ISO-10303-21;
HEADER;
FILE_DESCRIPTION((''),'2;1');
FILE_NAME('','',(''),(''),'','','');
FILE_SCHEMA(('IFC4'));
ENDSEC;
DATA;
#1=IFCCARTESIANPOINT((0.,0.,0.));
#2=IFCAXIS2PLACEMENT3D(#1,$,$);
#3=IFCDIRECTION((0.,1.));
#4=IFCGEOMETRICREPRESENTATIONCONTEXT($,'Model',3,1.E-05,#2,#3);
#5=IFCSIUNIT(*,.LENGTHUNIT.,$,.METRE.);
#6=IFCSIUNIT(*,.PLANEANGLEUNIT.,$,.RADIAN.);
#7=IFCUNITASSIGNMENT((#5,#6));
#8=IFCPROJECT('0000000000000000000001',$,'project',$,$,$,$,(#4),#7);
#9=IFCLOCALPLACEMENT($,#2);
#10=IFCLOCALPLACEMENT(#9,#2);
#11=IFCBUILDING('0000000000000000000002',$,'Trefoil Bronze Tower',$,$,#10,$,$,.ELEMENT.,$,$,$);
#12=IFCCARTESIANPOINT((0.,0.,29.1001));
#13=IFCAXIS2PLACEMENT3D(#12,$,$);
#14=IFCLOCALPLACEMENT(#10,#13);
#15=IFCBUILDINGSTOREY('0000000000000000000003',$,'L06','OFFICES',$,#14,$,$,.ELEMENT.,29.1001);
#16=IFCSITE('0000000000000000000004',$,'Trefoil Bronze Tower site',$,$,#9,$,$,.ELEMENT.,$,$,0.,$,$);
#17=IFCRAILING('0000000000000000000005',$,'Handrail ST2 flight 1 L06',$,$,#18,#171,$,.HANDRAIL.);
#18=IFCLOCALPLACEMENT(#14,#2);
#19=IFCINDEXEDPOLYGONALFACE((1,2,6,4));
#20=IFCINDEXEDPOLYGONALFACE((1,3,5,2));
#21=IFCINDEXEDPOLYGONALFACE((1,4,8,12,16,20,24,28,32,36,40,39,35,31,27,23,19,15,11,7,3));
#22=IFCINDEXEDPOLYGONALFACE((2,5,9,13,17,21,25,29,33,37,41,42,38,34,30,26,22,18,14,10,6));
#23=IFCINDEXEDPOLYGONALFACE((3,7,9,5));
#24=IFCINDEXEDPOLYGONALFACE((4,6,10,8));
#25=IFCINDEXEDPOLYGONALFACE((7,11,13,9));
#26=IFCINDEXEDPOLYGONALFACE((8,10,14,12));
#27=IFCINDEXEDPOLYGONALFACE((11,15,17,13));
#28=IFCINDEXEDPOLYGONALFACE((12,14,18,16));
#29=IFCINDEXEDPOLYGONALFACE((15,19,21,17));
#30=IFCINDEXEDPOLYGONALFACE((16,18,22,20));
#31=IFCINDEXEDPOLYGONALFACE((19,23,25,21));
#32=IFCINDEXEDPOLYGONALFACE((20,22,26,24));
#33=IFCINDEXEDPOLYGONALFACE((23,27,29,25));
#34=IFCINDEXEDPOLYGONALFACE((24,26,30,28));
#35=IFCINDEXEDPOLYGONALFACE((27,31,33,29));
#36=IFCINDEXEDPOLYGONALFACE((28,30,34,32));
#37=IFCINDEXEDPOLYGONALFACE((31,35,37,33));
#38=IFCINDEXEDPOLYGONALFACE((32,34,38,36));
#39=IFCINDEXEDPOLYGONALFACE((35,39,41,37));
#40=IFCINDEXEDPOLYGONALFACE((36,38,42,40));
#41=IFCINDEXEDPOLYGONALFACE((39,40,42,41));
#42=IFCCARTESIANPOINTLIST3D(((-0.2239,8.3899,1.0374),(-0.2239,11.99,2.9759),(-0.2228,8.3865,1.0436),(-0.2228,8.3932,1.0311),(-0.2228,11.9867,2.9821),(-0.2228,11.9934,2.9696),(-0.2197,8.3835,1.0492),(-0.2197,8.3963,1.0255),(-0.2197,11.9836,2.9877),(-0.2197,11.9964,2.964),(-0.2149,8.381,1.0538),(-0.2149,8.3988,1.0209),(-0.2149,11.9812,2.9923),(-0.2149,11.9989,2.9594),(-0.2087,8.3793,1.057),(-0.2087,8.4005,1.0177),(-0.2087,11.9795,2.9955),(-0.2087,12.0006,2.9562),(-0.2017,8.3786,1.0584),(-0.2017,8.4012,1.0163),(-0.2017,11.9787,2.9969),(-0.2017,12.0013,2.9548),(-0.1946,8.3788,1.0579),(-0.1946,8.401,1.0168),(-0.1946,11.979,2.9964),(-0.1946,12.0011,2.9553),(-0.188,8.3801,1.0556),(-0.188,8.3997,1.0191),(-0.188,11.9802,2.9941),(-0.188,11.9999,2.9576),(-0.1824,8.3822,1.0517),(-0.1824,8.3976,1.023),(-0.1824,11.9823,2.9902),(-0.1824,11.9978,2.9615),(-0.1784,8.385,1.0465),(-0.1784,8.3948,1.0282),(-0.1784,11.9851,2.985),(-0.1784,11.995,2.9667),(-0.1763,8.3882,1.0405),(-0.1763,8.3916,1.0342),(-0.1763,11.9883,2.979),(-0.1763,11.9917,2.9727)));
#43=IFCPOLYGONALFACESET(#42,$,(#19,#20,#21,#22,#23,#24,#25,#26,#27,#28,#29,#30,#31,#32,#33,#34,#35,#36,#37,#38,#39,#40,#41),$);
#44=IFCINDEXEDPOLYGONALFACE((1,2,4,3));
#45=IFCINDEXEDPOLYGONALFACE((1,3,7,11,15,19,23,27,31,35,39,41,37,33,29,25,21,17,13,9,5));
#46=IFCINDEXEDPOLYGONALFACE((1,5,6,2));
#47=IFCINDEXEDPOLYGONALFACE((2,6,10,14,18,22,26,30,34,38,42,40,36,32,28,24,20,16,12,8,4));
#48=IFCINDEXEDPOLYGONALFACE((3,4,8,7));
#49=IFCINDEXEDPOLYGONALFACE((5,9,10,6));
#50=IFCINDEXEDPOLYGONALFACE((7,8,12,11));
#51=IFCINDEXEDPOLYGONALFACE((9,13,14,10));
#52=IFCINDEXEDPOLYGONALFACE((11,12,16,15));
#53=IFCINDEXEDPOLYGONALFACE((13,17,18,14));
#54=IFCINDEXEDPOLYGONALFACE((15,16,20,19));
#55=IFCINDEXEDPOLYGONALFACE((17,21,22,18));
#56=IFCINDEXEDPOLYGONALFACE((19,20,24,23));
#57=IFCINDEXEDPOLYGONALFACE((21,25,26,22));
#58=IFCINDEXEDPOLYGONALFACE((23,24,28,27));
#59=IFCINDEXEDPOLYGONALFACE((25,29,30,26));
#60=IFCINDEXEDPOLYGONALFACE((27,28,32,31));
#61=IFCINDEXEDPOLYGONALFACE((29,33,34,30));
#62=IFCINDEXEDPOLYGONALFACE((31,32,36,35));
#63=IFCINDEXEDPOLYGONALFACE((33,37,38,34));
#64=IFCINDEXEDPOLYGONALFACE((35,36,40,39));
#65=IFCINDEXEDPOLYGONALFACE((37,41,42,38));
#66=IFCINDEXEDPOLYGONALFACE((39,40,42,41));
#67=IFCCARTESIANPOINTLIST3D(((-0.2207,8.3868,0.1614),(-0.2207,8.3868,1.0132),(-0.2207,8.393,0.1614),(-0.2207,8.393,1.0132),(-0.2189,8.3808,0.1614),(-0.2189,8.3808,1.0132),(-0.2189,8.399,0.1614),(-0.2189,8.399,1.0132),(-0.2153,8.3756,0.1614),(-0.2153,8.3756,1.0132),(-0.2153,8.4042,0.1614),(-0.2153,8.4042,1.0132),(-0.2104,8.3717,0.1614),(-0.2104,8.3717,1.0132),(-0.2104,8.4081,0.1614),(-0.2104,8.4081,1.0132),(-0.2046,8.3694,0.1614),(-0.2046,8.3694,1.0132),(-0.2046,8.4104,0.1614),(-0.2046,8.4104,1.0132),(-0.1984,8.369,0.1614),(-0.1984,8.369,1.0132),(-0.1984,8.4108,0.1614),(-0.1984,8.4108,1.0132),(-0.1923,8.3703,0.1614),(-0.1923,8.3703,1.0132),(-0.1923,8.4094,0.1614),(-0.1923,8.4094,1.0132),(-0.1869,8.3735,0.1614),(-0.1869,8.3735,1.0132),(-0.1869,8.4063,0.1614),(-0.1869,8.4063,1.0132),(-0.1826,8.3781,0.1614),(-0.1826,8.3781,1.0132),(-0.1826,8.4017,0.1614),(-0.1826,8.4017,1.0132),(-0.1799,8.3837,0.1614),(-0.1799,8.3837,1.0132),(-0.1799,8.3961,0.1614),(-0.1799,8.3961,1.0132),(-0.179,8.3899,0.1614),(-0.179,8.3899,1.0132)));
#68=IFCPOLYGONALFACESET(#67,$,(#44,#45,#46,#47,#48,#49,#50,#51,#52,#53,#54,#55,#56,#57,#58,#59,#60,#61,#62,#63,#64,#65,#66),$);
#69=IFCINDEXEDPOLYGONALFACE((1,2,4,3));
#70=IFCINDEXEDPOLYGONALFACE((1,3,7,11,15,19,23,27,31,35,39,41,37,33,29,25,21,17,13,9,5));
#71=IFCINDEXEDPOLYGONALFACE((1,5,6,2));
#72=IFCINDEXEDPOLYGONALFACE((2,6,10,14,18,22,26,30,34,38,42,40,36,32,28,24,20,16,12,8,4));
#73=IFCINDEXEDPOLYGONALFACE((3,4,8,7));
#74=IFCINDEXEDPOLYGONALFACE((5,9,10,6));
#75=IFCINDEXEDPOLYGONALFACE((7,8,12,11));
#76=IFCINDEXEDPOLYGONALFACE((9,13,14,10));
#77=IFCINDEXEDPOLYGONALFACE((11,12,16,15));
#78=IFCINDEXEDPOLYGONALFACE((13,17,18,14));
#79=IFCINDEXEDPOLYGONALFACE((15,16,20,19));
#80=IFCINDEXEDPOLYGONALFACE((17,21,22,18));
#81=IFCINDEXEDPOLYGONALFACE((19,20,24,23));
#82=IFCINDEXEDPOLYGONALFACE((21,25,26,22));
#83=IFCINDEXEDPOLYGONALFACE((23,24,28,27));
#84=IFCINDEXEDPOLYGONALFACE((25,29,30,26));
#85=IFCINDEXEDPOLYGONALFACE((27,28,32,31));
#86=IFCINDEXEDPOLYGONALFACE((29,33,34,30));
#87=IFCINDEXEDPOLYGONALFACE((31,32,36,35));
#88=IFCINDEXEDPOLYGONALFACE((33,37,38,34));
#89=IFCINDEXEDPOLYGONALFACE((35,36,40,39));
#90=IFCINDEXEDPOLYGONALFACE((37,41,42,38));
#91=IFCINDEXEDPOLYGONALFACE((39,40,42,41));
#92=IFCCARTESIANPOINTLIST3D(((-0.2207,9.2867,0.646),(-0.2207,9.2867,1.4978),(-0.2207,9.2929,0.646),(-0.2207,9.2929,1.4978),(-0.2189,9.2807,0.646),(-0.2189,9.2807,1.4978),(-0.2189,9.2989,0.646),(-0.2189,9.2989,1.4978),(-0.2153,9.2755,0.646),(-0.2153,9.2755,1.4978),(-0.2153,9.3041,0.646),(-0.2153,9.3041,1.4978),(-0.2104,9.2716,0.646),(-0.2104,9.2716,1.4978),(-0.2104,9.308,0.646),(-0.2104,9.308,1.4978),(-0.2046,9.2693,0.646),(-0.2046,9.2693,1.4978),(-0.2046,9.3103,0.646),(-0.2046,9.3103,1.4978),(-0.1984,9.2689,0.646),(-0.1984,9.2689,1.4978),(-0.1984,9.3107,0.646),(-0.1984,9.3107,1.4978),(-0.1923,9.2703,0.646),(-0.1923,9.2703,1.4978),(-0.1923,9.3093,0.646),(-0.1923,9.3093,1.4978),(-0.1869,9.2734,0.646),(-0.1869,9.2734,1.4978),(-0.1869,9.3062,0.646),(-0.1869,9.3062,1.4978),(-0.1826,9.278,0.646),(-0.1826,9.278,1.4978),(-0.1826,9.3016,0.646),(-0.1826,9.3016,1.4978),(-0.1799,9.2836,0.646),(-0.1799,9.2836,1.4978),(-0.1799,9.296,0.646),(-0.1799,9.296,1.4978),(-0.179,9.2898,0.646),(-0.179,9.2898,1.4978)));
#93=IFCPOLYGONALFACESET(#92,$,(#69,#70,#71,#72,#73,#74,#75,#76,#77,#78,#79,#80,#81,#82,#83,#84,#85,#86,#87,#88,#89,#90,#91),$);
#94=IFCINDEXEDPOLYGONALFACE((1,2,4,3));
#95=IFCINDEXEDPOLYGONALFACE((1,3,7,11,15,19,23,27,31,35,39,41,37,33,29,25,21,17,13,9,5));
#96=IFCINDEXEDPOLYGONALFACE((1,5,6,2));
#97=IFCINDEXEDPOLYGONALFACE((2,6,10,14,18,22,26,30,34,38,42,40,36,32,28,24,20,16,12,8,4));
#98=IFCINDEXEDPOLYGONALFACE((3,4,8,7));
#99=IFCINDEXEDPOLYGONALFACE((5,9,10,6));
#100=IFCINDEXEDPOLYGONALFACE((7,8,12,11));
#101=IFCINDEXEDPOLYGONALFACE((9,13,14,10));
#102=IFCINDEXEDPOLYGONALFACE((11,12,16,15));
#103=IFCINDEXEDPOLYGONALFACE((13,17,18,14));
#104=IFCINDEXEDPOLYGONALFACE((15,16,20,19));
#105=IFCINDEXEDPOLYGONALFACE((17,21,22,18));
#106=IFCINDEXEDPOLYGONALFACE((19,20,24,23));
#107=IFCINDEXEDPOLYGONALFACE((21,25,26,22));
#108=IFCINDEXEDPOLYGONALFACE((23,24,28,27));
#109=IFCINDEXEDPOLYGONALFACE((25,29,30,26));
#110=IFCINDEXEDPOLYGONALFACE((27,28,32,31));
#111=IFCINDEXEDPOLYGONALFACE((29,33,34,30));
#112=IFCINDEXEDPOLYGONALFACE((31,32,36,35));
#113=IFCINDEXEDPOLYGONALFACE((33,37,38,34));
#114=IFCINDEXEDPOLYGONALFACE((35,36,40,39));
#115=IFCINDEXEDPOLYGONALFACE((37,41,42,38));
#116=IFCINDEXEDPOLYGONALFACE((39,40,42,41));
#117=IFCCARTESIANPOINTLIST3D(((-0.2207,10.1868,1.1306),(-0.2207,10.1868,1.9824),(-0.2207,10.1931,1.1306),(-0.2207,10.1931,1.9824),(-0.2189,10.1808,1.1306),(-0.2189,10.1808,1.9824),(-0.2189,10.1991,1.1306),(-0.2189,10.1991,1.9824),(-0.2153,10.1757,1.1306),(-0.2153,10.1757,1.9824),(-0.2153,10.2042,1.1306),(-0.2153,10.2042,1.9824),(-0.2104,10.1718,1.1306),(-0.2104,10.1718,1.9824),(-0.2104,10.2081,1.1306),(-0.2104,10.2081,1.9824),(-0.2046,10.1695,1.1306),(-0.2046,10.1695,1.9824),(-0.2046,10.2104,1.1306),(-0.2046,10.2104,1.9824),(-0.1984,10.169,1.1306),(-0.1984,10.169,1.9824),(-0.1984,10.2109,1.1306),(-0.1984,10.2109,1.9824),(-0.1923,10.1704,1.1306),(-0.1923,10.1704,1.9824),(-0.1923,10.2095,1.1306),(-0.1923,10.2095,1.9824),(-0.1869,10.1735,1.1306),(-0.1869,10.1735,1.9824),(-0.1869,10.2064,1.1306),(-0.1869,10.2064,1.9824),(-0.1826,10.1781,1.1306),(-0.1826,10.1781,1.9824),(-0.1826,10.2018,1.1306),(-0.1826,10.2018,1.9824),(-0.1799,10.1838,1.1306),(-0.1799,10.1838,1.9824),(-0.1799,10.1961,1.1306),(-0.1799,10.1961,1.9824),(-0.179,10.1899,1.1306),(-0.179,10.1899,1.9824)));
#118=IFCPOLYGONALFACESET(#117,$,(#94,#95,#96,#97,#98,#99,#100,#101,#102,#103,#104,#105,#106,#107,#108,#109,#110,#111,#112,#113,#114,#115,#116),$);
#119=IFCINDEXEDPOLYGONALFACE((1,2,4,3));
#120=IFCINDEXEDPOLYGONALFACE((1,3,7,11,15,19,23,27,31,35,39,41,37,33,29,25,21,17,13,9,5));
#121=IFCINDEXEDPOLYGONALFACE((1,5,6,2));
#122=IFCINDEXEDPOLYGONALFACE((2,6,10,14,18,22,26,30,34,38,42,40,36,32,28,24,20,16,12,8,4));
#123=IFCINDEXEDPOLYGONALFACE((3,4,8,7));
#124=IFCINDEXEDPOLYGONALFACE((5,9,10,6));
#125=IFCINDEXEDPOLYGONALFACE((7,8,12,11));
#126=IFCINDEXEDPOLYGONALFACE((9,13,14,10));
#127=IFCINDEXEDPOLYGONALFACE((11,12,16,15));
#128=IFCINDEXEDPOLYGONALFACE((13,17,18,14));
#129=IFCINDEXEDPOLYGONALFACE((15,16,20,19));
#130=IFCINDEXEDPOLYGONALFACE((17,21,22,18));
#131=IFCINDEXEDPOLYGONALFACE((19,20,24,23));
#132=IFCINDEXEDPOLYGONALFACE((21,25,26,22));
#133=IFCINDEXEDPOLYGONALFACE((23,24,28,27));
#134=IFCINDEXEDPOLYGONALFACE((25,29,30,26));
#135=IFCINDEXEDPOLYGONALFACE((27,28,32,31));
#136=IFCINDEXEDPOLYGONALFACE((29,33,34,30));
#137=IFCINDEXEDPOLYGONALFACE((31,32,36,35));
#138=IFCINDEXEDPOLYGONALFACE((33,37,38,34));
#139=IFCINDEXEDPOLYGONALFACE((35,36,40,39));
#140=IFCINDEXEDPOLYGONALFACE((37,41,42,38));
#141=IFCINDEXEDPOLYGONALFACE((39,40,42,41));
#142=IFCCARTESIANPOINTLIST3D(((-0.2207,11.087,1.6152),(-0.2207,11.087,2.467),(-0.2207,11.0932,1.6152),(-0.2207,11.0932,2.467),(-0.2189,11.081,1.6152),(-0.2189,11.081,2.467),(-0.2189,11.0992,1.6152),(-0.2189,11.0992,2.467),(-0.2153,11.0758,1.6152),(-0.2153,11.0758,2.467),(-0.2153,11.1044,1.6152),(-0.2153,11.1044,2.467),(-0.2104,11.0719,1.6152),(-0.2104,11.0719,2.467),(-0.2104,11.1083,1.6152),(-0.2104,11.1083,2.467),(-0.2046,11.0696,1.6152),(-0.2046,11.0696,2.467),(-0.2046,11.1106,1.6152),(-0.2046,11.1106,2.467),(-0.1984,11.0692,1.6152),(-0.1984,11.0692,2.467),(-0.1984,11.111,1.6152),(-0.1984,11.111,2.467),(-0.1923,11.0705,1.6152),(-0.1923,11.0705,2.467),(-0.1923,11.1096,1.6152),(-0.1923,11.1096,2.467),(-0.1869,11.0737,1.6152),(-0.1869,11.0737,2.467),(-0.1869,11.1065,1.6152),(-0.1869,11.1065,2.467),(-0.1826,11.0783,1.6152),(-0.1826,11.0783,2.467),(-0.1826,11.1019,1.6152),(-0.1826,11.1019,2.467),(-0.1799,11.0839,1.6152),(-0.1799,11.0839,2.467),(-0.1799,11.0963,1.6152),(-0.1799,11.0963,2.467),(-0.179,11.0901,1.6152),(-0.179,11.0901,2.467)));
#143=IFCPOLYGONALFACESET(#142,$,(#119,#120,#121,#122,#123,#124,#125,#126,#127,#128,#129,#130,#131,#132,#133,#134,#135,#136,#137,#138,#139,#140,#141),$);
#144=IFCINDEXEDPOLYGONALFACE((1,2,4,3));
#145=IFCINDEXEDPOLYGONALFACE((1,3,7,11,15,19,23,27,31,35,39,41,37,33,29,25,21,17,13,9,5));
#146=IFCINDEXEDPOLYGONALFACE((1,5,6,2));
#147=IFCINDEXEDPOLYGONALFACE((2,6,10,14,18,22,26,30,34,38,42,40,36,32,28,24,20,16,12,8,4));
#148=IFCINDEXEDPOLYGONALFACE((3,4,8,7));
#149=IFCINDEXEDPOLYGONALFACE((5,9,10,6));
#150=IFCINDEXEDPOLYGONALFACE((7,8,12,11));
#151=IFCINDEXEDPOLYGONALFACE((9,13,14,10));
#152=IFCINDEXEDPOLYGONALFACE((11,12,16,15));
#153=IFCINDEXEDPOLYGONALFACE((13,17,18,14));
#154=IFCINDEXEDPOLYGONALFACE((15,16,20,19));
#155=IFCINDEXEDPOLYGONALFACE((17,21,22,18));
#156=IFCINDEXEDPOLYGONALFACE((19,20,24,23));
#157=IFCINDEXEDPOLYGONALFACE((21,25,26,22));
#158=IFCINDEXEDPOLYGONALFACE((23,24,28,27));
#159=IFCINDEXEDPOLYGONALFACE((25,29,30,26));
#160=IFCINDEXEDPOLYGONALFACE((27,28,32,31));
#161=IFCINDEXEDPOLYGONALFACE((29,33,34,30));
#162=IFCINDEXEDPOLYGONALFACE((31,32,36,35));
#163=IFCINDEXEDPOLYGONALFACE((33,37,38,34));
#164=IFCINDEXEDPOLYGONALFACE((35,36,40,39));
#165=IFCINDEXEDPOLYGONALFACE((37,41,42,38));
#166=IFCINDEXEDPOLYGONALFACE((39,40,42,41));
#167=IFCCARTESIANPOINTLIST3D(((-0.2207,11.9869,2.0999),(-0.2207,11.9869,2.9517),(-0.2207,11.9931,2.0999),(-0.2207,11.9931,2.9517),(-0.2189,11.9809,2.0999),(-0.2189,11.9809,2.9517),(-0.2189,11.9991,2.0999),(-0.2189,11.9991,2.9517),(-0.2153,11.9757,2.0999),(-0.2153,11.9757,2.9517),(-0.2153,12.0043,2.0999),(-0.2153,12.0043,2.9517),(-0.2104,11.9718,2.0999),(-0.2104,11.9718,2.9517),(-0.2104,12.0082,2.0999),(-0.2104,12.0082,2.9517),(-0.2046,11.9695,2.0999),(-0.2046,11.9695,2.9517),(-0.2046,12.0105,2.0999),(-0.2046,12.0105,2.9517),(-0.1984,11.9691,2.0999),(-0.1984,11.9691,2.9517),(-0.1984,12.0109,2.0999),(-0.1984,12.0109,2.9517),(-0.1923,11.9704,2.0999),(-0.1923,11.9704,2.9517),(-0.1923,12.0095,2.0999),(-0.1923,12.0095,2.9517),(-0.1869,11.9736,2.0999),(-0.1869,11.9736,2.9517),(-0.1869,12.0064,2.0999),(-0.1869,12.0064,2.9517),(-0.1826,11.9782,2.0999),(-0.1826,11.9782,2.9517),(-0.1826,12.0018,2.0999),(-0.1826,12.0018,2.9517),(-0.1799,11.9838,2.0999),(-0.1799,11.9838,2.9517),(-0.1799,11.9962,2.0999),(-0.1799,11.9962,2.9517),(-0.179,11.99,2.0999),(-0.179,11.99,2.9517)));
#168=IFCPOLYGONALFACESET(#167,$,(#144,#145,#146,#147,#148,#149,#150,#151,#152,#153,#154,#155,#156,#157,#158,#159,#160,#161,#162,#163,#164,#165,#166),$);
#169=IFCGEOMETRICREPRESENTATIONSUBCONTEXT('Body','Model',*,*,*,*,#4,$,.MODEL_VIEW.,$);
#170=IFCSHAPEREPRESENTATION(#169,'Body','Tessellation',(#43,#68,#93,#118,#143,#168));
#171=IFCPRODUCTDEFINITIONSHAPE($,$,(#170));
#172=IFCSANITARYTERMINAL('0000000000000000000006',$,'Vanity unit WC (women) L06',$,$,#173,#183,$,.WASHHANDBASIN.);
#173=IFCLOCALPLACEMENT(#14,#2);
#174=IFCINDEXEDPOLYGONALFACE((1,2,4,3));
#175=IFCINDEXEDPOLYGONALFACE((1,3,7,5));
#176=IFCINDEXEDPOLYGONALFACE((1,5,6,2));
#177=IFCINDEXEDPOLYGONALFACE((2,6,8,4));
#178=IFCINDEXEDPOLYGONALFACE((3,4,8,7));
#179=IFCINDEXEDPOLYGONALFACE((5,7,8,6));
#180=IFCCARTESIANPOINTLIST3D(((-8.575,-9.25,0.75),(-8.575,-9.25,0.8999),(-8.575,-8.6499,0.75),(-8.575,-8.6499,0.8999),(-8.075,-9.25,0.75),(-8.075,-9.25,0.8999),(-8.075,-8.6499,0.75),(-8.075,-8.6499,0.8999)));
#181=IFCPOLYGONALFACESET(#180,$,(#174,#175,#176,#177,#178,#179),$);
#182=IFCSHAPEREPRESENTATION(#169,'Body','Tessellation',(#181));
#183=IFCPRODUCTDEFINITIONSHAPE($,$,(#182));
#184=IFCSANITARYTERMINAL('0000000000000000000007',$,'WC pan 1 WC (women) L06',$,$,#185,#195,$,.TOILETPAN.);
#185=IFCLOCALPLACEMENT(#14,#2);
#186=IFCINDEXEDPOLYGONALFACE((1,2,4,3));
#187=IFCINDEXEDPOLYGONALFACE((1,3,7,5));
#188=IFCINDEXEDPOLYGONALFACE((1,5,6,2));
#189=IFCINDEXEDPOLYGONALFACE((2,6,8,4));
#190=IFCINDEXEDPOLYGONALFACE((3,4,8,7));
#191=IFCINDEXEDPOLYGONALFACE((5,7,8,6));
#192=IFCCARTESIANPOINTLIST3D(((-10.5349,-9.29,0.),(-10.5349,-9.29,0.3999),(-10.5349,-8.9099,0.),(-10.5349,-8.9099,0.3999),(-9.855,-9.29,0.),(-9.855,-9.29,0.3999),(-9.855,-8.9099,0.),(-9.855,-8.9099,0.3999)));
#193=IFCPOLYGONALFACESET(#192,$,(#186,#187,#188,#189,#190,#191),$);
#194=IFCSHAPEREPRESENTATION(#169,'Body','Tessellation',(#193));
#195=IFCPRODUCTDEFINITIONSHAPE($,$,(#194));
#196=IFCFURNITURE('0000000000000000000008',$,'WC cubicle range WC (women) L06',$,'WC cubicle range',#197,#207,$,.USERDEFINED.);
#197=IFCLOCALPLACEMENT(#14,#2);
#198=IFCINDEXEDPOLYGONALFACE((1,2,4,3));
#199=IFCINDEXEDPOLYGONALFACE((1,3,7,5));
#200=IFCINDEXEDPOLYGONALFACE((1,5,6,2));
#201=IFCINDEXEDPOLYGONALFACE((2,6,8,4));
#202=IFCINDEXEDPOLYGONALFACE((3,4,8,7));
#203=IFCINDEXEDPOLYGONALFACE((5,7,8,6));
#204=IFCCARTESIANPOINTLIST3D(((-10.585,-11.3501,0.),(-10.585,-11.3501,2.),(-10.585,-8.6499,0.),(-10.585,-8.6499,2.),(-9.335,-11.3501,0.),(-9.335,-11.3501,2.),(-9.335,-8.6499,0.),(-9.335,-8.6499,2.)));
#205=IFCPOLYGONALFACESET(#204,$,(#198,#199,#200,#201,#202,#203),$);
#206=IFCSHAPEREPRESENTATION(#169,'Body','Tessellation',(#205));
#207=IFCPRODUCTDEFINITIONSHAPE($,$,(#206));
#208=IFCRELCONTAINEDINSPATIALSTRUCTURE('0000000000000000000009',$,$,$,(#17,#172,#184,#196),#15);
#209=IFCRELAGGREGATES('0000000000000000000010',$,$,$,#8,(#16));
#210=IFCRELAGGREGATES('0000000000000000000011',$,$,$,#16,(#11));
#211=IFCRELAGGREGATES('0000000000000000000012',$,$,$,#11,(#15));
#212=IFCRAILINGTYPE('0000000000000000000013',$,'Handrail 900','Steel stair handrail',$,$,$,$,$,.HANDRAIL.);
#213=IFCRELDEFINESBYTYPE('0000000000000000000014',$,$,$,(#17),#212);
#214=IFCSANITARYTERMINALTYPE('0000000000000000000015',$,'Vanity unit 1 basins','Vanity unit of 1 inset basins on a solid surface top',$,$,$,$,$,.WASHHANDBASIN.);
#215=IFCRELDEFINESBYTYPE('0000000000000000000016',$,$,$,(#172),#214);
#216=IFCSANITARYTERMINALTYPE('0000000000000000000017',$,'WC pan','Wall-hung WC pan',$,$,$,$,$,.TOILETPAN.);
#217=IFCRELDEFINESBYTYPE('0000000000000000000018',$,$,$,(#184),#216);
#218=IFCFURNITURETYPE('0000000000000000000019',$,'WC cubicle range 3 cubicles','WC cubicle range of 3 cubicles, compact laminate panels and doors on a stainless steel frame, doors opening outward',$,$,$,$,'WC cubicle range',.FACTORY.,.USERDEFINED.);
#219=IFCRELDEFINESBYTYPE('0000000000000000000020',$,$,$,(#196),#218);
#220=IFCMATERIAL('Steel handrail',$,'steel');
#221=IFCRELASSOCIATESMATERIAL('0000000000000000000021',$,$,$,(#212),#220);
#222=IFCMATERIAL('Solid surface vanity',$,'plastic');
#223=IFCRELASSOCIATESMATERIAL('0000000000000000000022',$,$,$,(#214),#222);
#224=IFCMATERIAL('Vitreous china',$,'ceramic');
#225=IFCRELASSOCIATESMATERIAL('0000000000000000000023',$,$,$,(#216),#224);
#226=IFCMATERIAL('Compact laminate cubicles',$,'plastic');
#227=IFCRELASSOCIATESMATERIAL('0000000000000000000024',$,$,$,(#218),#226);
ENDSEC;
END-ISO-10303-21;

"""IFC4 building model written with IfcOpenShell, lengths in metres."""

from ifc_helpers import new_model, si_unit, direction, frame, origin, origin_2d, place, context, subcontext, project, spatial, polyline, circle, outline, extrude, material, type_object, element, save


model = new_model("IFC4")

# Units and contexts
model_context = context("Model", 3, precision=1e-05, world=origin(), true_north=direction((0.0, 1.0)))
body_context = subcontext(model_context, "Body", "Model", "MODEL_VIEW")
ifc_project = project(units=[si_unit("LENGTHUNIT", "METRE"), si_unit("PLANEANGLEUNIT", "RADIAN")], contexts=[model_context])

# Site, building, storey
site_placement = place(None, origin())
site = spatial("IfcSite", under=ifc_project, at=site_placement, Name="Trefoil Bronze Tower site", CompositionType="ELEMENT", RefElevation=0.0)
building_placement = place(site_placement, origin())
building = spatial("IfcBuilding", under=site, at=building_placement, Name="Trefoil Bronze Tower", CompositionType="ELEMENT")
storey_placement = place(building_placement, frame((0.0, 0.0, 29.1001)))
storey = spatial("IfcBuildingStorey", under=building, at=storey_placement, Name="L06", Description="OFFICES", CompositionType="ELEMENT", Elevation=29.1001)

# Railing
ifc_material_1 = material(Name="Steel handrail", Category="steel")
railing_type = type_object("IfcRailingType", Name="Handrail 900", Description="Steel stair handrail", PredefinedType="HANDRAIL", material=ifc_material_1)
railing_placement = place(storey_placement, frame((-0.2, 8.3899, 0.1614)))
element("IfcRailing", 1, at=railing_placement, inside=storey, type_object=railing_type, Name="Handrail ST2 flight 1 L06", PredefinedType="HANDRAIL", context=body_context, shape_type="SweptSolid", body=[
    extrude(circle(Radius=0.0239, at=origin_2d()), frame((0.0, 0.0, 0.876), z_axis=(0.0, 0.880475, 0.474093), x_axis=(-1.0, 0.0, 0.0)), (0.0, 0.0, 1.0), 4.0889),
    extrude(circle(Radius=0.021, at=origin_2d()), origin(), (0.0, 0.0, 1.0), 0.8518),
    extrude(circle(Radius=0.021, at=origin_2d()), frame((0.0, 0.8999, 0.4846)), (0.0, 0.0, 1.0), 0.8518),
    extrude(circle(Radius=0.021, at=origin_2d()), frame((0.0, 1.8, 0.9692)), (0.0, 0.0, 1.0), 0.8518),
    extrude(circle(Radius=0.021, at=origin_2d()), frame((0.0, 2.7002, 1.4539)), (0.0, 0.0, 1.0), 0.8518),
    extrude(circle(Radius=0.021, at=origin_2d()), frame((0.0, 3.6001, 1.9385)), (0.0, 0.0, 1.0), 0.8518),
])

# Sanitary terminals
ifc_material_2 = material(Name="Solid surface vanity", Category="plastic")
sanitary_terminal_type_1 = type_object("IfcSanitaryTerminalType", Name="Vanity unit 1 basins", Description="Vanity unit of 1 inset basins on a solid surface top", PredefinedType="WASHHANDBASIN", material=ifc_material_2)
sanitary_terminal_1_placement = place(storey_placement, frame((0.0, 0.0, 0.75)))
element("IfcSanitaryTerminal", 2, at=sanitary_terminal_1_placement, inside=storey, type_object=sanitary_terminal_type_1, Name="Vanity unit WC (women) L06", PredefinedType="WASHHANDBASIN", context=body_context, shape_type="SweptSolid", body=[
    extrude(outline(polyline([(-8.075, -8.6499), (-8.575, -8.6499), (-8.575, -9.25), (-8.075, -9.25), (-8.075, -8.6499)])), origin(), (0.0, 0.0, 1.0), 0.1499),
])
ifc_material_3 = material(Name="Vitreous china", Category="ceramic")
sanitary_terminal_type_2 = type_object("IfcSanitaryTerminalType", Name="WC pan", Description="Wall-hung WC pan", PredefinedType="TOILETPAN", material=ifc_material_3)
sanitary_terminal_2_placement = place(storey_placement, origin())
element("IfcSanitaryTerminal", 3, at=sanitary_terminal_2_placement, inside=storey, type_object=sanitary_terminal_type_2, Name="WC pan 1 WC (women) L06", PredefinedType="TOILETPAN", context=body_context, shape_type="SweptSolid", body=[
    extrude(outline(polyline([(-9.855, -8.9099), (-10.5349, -8.9099), (-10.5349, -9.29), (-9.855, -9.29), (-9.855, -8.9099)])), origin(), (0.0, 0.0, 1.0), 0.3999),
])

# Furniture
ifc_material_4 = material(Name="Compact laminate cubicles", Category="plastic")
furniture_type = type_object("IfcFurnitureType", Name="WC cubicle range 3 cubicles", Description="WC cubicle range of 3 cubicles, compact laminate panels and doors on a stainless steel frame, doors opening outward", ElementType="WC cubicle range", AssemblyPlace="FACTORY", PredefinedType="USERDEFINED", material=ifc_material_4)
furniture_placement = place(storey_placement, origin())
element("IfcFurniture", 4, at=furniture_placement, inside=storey, type_object=furniture_type, Name="WC cubicle range WC (women) L06", ObjectType="WC cubicle range", PredefinedType="USERDEFINED", context=body_context, shape_type="SweptSolid", body=[
    extrude(outline(polyline([(-9.335, -8.6499), (-10.585, -8.6499), (-10.585, -11.3501), (-9.335, -11.3501), (-9.335, -8.6499)])), origin(), (0.0, 0.0, 1.0), 2.0),
])

save(model, "model.ifc")
